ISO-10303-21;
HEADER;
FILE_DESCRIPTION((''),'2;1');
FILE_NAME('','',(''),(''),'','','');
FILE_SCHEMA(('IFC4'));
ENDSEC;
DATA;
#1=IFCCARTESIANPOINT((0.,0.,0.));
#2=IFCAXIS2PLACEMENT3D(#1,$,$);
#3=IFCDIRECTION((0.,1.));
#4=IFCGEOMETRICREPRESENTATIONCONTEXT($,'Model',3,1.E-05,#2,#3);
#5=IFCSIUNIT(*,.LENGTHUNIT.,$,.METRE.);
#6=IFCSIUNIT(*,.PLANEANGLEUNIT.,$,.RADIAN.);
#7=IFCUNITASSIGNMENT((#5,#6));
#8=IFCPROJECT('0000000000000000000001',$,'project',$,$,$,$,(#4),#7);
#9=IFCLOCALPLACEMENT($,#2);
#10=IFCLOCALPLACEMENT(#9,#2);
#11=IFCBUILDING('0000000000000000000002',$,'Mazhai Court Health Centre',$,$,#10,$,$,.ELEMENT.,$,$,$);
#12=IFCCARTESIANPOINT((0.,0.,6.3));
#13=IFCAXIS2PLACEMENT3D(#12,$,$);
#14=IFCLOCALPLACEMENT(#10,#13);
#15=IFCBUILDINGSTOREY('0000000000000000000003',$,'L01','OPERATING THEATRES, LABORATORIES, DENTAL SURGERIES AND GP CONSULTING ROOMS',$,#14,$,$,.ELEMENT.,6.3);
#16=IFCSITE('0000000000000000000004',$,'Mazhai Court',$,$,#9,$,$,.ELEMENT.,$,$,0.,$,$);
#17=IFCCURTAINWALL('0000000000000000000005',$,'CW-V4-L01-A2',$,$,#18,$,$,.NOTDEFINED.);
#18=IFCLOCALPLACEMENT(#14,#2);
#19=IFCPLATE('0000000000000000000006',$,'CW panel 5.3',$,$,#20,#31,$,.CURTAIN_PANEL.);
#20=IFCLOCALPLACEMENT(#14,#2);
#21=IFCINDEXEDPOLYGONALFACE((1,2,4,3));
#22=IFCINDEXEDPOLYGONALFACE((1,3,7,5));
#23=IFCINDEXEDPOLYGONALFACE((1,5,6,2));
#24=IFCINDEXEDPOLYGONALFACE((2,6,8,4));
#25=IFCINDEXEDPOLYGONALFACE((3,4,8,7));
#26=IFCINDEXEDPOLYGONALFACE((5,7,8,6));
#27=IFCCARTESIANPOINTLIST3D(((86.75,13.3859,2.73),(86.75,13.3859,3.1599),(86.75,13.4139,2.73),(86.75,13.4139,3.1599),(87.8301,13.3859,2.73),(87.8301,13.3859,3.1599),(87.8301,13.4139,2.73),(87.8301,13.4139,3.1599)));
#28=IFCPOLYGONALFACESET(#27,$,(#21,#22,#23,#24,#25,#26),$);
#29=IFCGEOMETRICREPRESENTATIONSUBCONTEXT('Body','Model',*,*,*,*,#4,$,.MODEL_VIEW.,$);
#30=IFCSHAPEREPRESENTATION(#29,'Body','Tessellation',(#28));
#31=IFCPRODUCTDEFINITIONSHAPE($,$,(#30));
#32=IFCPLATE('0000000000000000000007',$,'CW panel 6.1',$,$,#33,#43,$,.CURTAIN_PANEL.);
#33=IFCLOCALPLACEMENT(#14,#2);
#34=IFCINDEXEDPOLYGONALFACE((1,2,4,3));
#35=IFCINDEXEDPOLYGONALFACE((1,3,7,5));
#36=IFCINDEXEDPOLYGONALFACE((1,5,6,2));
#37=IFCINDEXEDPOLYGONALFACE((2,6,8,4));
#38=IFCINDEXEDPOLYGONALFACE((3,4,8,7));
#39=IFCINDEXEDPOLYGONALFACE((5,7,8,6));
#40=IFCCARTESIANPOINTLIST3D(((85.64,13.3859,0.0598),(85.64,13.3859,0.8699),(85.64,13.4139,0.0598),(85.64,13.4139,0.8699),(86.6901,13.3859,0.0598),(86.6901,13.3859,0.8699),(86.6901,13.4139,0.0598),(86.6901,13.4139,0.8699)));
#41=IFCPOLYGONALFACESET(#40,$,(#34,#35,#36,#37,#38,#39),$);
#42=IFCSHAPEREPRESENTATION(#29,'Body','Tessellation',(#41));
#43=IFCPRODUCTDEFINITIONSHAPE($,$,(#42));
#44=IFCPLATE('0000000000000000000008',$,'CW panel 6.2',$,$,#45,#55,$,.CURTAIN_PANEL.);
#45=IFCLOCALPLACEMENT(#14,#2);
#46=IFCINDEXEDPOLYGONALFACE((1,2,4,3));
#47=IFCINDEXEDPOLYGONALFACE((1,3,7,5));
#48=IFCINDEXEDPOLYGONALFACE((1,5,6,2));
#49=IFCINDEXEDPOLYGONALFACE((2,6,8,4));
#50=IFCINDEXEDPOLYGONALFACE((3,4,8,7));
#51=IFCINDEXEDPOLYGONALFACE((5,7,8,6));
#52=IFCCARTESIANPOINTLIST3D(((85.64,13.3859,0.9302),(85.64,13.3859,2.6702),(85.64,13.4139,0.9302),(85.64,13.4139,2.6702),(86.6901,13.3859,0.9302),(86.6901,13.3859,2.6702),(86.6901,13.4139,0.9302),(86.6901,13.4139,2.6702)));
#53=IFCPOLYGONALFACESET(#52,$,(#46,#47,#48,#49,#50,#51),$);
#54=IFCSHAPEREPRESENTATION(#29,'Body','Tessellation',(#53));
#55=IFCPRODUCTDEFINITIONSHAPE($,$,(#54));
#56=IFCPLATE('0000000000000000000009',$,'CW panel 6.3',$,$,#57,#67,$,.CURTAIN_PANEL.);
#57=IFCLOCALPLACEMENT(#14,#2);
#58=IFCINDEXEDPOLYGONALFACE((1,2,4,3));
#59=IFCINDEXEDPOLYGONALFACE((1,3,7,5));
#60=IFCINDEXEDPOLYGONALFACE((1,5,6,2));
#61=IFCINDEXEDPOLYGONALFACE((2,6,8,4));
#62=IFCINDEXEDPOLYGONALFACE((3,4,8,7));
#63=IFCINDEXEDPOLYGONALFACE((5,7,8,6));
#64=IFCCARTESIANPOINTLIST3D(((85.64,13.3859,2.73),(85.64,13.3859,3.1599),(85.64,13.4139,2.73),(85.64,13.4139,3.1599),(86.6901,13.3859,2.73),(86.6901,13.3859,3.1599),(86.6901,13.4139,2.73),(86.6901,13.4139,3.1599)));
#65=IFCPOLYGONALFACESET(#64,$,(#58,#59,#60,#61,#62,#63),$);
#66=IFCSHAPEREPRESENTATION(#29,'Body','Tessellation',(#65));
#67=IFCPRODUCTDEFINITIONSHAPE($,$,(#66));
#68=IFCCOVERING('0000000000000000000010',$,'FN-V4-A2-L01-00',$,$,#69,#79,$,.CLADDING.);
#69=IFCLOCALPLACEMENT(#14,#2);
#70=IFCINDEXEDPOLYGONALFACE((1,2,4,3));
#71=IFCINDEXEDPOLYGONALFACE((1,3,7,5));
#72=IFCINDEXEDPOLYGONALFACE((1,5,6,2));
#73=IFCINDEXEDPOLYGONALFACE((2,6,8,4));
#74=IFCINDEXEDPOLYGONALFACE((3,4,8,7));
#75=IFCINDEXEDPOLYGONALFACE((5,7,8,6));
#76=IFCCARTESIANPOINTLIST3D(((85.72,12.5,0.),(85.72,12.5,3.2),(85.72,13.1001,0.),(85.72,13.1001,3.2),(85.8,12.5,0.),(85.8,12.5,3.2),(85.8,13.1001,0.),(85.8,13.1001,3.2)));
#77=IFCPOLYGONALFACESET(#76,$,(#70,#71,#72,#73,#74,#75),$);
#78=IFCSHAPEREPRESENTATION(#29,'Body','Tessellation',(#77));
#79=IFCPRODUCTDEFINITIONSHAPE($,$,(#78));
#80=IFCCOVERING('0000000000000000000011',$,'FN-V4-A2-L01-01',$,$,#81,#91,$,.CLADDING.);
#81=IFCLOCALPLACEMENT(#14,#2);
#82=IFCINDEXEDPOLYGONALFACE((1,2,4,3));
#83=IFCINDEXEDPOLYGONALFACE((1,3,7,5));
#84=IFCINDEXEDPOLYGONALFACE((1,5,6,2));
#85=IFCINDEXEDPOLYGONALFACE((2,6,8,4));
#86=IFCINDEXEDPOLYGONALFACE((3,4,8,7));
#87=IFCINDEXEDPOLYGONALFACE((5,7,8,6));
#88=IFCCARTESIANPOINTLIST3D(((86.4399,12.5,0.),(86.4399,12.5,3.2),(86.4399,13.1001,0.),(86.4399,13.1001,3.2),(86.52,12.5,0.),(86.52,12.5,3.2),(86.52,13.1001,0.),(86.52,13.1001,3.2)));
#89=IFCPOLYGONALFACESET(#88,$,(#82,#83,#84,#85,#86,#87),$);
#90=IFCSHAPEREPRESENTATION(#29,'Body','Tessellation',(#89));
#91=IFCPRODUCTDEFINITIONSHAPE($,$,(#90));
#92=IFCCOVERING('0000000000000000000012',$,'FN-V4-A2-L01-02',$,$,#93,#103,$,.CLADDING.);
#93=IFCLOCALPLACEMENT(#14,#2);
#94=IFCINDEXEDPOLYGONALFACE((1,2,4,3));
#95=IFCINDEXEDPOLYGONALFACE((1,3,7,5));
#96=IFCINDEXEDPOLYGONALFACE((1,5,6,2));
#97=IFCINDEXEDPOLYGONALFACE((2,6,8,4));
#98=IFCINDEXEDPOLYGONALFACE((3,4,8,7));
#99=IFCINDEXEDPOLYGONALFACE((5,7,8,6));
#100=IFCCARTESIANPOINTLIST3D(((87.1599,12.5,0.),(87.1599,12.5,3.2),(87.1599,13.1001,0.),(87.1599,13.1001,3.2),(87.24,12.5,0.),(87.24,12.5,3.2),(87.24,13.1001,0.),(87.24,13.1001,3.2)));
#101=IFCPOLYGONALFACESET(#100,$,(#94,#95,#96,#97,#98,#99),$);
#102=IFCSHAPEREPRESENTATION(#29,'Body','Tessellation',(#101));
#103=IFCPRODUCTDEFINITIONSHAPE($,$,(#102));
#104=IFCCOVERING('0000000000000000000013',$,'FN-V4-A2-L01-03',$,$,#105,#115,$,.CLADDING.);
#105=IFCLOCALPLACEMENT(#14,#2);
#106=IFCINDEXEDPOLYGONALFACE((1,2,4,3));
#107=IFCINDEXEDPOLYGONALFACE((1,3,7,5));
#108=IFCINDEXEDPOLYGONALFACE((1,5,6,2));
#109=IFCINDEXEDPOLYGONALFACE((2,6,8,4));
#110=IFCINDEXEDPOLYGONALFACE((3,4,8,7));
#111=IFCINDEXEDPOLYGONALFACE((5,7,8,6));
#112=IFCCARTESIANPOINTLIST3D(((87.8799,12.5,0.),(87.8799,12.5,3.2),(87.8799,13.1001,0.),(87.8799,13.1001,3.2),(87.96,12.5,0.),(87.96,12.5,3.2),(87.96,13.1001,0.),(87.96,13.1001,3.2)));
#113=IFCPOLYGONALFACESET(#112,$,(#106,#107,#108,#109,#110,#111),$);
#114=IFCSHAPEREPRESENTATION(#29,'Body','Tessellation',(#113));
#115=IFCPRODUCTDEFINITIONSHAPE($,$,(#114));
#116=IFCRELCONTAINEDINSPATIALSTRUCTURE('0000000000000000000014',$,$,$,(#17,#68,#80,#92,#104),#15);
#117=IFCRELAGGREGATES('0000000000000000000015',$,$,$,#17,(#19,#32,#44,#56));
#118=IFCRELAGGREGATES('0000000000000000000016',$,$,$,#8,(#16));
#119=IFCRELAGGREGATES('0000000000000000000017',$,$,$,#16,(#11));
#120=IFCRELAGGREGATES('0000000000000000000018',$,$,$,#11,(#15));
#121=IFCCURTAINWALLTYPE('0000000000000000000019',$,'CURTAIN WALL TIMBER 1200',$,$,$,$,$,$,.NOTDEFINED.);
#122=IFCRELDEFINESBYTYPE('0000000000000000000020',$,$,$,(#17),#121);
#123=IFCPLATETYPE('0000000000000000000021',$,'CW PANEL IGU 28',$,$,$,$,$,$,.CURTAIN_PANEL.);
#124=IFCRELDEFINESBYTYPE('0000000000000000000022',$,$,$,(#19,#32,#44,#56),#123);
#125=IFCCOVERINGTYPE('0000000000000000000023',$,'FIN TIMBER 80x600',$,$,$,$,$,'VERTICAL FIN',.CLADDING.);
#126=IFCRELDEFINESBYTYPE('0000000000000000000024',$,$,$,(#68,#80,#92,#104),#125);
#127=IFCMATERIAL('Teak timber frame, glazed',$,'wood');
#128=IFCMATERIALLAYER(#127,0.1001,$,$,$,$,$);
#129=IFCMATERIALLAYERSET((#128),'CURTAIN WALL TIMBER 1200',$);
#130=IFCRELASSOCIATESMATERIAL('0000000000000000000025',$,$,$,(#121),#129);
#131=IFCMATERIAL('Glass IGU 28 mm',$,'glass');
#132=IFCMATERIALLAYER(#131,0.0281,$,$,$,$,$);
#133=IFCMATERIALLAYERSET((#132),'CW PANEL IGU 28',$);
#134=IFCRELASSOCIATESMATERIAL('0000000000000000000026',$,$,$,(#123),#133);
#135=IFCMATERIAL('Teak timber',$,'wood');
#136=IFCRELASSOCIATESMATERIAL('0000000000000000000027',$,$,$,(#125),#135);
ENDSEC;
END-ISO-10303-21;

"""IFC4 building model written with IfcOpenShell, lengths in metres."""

from ifc_helpers import new_model, si_unit, direction, frame, origin, origin_2d, place, context, subcontext, project, spatial, rectangle, extrude, material, layer, layer_set, type_object, element, aggregate, save


model = new_model("IFC4")

# Units and contexts
model_context = context("Model", 3, precision=1e-05, world=origin(), true_north=direction((0.0, 1.0)))
body_context = subcontext(model_context, "Body", "Model", "MODEL_VIEW")
ifc_project = project(units=[si_unit("LENGTHUNIT", "METRE"), si_unit("PLANEANGLEUNIT", "RADIAN")], contexts=[model_context])

# Site, building, storey
site_placement = place(None, origin())
site = spatial("IfcSite", under=ifc_project, at=site_placement, Name="Mazhai Court", CompositionType="ELEMENT", RefElevation=0.0)
building_placement = place(site_placement, origin())
building = spatial("IfcBuilding", under=site, at=building_placement, Name="Mazhai Court Health Centre", CompositionType="ELEMENT")
storey_placement = place(building_placement, frame((0.0, 0.0, 6.3)))
storey = spatial("IfcBuildingStorey", under=building, at=storey_placement, Name="L01", Description="OPERATING THEATRES, LABORATORIES, DENTAL SURGERIES AND GP CONSULTING ROOMS", CompositionType="ELEMENT", Elevation=6.3)

# Curtain wall, plates
ifc_material_1 = material(Name="Teak timber frame, glazed", Category="wood")
ifc_layer_1 = layer(ifc_material_1, 0.1001)
ifc_layer_set_1 = layer_set([ifc_layer_1], Name="CURTAIN WALL TIMBER 1200")
curtain_wall_type = type_object("IfcCurtainWallType", Name="CURTAIN WALL TIMBER 1200", PredefinedType="NOTDEFINED", material=ifc_layer_set_1)
curtain_wall_placement = place(storey_placement, origin())
curtain_wall = element("IfcCurtainWall", 1, at=curtain_wall_placement, inside=storey, type_object=curtain_wall_type, Name="CW-V4-L01-A2", PredefinedType="NOTDEFINED")
ifc_material_2 = material(Name="Glass IGU 28 mm", Category="glass")
ifc_layer_2 = layer(ifc_material_2, 0.0281)
ifc_layer_set_2 = layer_set([ifc_layer_2], Name="CW PANEL IGU 28")
plate_type = type_object("IfcPlateType", Name="CW PANEL IGU 28", PredefinedType="CURTAIN_PANEL", material=ifc_layer_set_2)
plate_1_placement = place(storey_placement, frame((87.29, 13.3999, 2.73), z_axis=(0.0, 0.0, 1.0), x_axis=(-1.0, 0.0, 0.0)))
plate_1 = element("IfcPlate", 2, at=plate_1_placement, type_object=plate_type, Name="CW panel 5.3", PredefinedType="CURTAIN_PANEL", context=body_context, shape_type="SweptSolid", body=[
    extrude(rectangle(XDim=1.0801, YDim=0.0281, at=origin_2d()), origin(), (0.0, 0.0, 1.0), 0.4299),
])
plate_2_placement = place(storey_placement, frame((86.165, 13.3999, 0.0598), z_axis=(0.0, 0.0, 1.0), x_axis=(-1.0, 0.0, 0.0)))
plate_2 = element("IfcPlate", 3, at=plate_2_placement, type_object=plate_type, Name="CW panel 6.1", PredefinedType="CURTAIN_PANEL", context=body_context, shape_type="SweptSolid", body=[
    extrude(rectangle(XDim=1.05, YDim=0.0281, at=origin_2d()), origin(), (0.0, 0.0, 1.0), 0.8101),
])
plate_3_placement = place(storey_placement, frame((86.165, 13.3999, 0.9302), z_axis=(0.0, 0.0, 1.0), x_axis=(-1.0, 0.0, 0.0)))
plate_3 = element("IfcPlate", 4, at=plate_3_placement, type_object=plate_type, Name="CW panel 6.2", PredefinedType="CURTAIN_PANEL", context=body_context, shape_type="SweptSolid", body=[
    extrude(rectangle(XDim=1.05, YDim=0.0281, at=origin_2d()), origin(), (0.0, 0.0, 1.0), 1.74),
])
plate_4_placement = place(storey_placement, frame((86.165, 13.3999, 2.73), z_axis=(0.0, 0.0, 1.0), x_axis=(-1.0, 0.0, 0.0)))
plate_4 = element("IfcPlate", 5, at=plate_4_placement, type_object=plate_type, Name="CW panel 6.3", PredefinedType="CURTAIN_PANEL", context=body_context, shape_type="SweptSolid", body=[
    extrude(rectangle(XDim=1.05, YDim=0.0281, at=origin_2d()), origin(), (0.0, 0.0, 1.0), 0.4299),
])
aggregate(curtain_wall, [plate_1, plate_2, plate_3, plate_4])

# Coverings
ifc_material_3 = material(Name="Teak timber", Category="wood")
covering_type = type_object("IfcCoveringType", Name="FIN TIMBER 80x600", ElementType="VERTICAL FIN", PredefinedType="CLADDING", material=ifc_material_3)
for number, where, z_axis, x_axis, name in (
    (6, (85.76, 12.8, 0.0), (0.0, 0.0, 1.0), (1.0, 0.0, 0.0), "FN-V4-A2-L01-00"),
    (7, (86.48, 12.8, 0.0), (0.0, 0.0, 1.0), (1.0, 0.0, 0.0), "FN-V4-A2-L01-01"),
    (8, (87.2, 12.8, 0.0), (0.0, 0.0, 1.0), (1.0, 0.0, 0.0), "FN-V4-A2-L01-02"),
    (9, (87.9199, 12.8, 0.0), (0.0, 0.0, 1.0), (1.0, 0.0, 0.0), "FN-V4-A2-L01-03"),
):
    element("IfcCovering", number, at=place(storey_placement, frame(where, z_axis=z_axis, x_axis=x_axis)), inside=storey, type_object=covering_type, Name=name, PredefinedType="CLADDING", context=body_context, shape_type="SweptSolid", body=[
        extrude(rectangle(XDim=0.0801, YDim=0.6001, at=origin_2d()), origin(), (0.0, 0.0, 1.0), 3.2),
    ])

save(model, "model.ifc")
